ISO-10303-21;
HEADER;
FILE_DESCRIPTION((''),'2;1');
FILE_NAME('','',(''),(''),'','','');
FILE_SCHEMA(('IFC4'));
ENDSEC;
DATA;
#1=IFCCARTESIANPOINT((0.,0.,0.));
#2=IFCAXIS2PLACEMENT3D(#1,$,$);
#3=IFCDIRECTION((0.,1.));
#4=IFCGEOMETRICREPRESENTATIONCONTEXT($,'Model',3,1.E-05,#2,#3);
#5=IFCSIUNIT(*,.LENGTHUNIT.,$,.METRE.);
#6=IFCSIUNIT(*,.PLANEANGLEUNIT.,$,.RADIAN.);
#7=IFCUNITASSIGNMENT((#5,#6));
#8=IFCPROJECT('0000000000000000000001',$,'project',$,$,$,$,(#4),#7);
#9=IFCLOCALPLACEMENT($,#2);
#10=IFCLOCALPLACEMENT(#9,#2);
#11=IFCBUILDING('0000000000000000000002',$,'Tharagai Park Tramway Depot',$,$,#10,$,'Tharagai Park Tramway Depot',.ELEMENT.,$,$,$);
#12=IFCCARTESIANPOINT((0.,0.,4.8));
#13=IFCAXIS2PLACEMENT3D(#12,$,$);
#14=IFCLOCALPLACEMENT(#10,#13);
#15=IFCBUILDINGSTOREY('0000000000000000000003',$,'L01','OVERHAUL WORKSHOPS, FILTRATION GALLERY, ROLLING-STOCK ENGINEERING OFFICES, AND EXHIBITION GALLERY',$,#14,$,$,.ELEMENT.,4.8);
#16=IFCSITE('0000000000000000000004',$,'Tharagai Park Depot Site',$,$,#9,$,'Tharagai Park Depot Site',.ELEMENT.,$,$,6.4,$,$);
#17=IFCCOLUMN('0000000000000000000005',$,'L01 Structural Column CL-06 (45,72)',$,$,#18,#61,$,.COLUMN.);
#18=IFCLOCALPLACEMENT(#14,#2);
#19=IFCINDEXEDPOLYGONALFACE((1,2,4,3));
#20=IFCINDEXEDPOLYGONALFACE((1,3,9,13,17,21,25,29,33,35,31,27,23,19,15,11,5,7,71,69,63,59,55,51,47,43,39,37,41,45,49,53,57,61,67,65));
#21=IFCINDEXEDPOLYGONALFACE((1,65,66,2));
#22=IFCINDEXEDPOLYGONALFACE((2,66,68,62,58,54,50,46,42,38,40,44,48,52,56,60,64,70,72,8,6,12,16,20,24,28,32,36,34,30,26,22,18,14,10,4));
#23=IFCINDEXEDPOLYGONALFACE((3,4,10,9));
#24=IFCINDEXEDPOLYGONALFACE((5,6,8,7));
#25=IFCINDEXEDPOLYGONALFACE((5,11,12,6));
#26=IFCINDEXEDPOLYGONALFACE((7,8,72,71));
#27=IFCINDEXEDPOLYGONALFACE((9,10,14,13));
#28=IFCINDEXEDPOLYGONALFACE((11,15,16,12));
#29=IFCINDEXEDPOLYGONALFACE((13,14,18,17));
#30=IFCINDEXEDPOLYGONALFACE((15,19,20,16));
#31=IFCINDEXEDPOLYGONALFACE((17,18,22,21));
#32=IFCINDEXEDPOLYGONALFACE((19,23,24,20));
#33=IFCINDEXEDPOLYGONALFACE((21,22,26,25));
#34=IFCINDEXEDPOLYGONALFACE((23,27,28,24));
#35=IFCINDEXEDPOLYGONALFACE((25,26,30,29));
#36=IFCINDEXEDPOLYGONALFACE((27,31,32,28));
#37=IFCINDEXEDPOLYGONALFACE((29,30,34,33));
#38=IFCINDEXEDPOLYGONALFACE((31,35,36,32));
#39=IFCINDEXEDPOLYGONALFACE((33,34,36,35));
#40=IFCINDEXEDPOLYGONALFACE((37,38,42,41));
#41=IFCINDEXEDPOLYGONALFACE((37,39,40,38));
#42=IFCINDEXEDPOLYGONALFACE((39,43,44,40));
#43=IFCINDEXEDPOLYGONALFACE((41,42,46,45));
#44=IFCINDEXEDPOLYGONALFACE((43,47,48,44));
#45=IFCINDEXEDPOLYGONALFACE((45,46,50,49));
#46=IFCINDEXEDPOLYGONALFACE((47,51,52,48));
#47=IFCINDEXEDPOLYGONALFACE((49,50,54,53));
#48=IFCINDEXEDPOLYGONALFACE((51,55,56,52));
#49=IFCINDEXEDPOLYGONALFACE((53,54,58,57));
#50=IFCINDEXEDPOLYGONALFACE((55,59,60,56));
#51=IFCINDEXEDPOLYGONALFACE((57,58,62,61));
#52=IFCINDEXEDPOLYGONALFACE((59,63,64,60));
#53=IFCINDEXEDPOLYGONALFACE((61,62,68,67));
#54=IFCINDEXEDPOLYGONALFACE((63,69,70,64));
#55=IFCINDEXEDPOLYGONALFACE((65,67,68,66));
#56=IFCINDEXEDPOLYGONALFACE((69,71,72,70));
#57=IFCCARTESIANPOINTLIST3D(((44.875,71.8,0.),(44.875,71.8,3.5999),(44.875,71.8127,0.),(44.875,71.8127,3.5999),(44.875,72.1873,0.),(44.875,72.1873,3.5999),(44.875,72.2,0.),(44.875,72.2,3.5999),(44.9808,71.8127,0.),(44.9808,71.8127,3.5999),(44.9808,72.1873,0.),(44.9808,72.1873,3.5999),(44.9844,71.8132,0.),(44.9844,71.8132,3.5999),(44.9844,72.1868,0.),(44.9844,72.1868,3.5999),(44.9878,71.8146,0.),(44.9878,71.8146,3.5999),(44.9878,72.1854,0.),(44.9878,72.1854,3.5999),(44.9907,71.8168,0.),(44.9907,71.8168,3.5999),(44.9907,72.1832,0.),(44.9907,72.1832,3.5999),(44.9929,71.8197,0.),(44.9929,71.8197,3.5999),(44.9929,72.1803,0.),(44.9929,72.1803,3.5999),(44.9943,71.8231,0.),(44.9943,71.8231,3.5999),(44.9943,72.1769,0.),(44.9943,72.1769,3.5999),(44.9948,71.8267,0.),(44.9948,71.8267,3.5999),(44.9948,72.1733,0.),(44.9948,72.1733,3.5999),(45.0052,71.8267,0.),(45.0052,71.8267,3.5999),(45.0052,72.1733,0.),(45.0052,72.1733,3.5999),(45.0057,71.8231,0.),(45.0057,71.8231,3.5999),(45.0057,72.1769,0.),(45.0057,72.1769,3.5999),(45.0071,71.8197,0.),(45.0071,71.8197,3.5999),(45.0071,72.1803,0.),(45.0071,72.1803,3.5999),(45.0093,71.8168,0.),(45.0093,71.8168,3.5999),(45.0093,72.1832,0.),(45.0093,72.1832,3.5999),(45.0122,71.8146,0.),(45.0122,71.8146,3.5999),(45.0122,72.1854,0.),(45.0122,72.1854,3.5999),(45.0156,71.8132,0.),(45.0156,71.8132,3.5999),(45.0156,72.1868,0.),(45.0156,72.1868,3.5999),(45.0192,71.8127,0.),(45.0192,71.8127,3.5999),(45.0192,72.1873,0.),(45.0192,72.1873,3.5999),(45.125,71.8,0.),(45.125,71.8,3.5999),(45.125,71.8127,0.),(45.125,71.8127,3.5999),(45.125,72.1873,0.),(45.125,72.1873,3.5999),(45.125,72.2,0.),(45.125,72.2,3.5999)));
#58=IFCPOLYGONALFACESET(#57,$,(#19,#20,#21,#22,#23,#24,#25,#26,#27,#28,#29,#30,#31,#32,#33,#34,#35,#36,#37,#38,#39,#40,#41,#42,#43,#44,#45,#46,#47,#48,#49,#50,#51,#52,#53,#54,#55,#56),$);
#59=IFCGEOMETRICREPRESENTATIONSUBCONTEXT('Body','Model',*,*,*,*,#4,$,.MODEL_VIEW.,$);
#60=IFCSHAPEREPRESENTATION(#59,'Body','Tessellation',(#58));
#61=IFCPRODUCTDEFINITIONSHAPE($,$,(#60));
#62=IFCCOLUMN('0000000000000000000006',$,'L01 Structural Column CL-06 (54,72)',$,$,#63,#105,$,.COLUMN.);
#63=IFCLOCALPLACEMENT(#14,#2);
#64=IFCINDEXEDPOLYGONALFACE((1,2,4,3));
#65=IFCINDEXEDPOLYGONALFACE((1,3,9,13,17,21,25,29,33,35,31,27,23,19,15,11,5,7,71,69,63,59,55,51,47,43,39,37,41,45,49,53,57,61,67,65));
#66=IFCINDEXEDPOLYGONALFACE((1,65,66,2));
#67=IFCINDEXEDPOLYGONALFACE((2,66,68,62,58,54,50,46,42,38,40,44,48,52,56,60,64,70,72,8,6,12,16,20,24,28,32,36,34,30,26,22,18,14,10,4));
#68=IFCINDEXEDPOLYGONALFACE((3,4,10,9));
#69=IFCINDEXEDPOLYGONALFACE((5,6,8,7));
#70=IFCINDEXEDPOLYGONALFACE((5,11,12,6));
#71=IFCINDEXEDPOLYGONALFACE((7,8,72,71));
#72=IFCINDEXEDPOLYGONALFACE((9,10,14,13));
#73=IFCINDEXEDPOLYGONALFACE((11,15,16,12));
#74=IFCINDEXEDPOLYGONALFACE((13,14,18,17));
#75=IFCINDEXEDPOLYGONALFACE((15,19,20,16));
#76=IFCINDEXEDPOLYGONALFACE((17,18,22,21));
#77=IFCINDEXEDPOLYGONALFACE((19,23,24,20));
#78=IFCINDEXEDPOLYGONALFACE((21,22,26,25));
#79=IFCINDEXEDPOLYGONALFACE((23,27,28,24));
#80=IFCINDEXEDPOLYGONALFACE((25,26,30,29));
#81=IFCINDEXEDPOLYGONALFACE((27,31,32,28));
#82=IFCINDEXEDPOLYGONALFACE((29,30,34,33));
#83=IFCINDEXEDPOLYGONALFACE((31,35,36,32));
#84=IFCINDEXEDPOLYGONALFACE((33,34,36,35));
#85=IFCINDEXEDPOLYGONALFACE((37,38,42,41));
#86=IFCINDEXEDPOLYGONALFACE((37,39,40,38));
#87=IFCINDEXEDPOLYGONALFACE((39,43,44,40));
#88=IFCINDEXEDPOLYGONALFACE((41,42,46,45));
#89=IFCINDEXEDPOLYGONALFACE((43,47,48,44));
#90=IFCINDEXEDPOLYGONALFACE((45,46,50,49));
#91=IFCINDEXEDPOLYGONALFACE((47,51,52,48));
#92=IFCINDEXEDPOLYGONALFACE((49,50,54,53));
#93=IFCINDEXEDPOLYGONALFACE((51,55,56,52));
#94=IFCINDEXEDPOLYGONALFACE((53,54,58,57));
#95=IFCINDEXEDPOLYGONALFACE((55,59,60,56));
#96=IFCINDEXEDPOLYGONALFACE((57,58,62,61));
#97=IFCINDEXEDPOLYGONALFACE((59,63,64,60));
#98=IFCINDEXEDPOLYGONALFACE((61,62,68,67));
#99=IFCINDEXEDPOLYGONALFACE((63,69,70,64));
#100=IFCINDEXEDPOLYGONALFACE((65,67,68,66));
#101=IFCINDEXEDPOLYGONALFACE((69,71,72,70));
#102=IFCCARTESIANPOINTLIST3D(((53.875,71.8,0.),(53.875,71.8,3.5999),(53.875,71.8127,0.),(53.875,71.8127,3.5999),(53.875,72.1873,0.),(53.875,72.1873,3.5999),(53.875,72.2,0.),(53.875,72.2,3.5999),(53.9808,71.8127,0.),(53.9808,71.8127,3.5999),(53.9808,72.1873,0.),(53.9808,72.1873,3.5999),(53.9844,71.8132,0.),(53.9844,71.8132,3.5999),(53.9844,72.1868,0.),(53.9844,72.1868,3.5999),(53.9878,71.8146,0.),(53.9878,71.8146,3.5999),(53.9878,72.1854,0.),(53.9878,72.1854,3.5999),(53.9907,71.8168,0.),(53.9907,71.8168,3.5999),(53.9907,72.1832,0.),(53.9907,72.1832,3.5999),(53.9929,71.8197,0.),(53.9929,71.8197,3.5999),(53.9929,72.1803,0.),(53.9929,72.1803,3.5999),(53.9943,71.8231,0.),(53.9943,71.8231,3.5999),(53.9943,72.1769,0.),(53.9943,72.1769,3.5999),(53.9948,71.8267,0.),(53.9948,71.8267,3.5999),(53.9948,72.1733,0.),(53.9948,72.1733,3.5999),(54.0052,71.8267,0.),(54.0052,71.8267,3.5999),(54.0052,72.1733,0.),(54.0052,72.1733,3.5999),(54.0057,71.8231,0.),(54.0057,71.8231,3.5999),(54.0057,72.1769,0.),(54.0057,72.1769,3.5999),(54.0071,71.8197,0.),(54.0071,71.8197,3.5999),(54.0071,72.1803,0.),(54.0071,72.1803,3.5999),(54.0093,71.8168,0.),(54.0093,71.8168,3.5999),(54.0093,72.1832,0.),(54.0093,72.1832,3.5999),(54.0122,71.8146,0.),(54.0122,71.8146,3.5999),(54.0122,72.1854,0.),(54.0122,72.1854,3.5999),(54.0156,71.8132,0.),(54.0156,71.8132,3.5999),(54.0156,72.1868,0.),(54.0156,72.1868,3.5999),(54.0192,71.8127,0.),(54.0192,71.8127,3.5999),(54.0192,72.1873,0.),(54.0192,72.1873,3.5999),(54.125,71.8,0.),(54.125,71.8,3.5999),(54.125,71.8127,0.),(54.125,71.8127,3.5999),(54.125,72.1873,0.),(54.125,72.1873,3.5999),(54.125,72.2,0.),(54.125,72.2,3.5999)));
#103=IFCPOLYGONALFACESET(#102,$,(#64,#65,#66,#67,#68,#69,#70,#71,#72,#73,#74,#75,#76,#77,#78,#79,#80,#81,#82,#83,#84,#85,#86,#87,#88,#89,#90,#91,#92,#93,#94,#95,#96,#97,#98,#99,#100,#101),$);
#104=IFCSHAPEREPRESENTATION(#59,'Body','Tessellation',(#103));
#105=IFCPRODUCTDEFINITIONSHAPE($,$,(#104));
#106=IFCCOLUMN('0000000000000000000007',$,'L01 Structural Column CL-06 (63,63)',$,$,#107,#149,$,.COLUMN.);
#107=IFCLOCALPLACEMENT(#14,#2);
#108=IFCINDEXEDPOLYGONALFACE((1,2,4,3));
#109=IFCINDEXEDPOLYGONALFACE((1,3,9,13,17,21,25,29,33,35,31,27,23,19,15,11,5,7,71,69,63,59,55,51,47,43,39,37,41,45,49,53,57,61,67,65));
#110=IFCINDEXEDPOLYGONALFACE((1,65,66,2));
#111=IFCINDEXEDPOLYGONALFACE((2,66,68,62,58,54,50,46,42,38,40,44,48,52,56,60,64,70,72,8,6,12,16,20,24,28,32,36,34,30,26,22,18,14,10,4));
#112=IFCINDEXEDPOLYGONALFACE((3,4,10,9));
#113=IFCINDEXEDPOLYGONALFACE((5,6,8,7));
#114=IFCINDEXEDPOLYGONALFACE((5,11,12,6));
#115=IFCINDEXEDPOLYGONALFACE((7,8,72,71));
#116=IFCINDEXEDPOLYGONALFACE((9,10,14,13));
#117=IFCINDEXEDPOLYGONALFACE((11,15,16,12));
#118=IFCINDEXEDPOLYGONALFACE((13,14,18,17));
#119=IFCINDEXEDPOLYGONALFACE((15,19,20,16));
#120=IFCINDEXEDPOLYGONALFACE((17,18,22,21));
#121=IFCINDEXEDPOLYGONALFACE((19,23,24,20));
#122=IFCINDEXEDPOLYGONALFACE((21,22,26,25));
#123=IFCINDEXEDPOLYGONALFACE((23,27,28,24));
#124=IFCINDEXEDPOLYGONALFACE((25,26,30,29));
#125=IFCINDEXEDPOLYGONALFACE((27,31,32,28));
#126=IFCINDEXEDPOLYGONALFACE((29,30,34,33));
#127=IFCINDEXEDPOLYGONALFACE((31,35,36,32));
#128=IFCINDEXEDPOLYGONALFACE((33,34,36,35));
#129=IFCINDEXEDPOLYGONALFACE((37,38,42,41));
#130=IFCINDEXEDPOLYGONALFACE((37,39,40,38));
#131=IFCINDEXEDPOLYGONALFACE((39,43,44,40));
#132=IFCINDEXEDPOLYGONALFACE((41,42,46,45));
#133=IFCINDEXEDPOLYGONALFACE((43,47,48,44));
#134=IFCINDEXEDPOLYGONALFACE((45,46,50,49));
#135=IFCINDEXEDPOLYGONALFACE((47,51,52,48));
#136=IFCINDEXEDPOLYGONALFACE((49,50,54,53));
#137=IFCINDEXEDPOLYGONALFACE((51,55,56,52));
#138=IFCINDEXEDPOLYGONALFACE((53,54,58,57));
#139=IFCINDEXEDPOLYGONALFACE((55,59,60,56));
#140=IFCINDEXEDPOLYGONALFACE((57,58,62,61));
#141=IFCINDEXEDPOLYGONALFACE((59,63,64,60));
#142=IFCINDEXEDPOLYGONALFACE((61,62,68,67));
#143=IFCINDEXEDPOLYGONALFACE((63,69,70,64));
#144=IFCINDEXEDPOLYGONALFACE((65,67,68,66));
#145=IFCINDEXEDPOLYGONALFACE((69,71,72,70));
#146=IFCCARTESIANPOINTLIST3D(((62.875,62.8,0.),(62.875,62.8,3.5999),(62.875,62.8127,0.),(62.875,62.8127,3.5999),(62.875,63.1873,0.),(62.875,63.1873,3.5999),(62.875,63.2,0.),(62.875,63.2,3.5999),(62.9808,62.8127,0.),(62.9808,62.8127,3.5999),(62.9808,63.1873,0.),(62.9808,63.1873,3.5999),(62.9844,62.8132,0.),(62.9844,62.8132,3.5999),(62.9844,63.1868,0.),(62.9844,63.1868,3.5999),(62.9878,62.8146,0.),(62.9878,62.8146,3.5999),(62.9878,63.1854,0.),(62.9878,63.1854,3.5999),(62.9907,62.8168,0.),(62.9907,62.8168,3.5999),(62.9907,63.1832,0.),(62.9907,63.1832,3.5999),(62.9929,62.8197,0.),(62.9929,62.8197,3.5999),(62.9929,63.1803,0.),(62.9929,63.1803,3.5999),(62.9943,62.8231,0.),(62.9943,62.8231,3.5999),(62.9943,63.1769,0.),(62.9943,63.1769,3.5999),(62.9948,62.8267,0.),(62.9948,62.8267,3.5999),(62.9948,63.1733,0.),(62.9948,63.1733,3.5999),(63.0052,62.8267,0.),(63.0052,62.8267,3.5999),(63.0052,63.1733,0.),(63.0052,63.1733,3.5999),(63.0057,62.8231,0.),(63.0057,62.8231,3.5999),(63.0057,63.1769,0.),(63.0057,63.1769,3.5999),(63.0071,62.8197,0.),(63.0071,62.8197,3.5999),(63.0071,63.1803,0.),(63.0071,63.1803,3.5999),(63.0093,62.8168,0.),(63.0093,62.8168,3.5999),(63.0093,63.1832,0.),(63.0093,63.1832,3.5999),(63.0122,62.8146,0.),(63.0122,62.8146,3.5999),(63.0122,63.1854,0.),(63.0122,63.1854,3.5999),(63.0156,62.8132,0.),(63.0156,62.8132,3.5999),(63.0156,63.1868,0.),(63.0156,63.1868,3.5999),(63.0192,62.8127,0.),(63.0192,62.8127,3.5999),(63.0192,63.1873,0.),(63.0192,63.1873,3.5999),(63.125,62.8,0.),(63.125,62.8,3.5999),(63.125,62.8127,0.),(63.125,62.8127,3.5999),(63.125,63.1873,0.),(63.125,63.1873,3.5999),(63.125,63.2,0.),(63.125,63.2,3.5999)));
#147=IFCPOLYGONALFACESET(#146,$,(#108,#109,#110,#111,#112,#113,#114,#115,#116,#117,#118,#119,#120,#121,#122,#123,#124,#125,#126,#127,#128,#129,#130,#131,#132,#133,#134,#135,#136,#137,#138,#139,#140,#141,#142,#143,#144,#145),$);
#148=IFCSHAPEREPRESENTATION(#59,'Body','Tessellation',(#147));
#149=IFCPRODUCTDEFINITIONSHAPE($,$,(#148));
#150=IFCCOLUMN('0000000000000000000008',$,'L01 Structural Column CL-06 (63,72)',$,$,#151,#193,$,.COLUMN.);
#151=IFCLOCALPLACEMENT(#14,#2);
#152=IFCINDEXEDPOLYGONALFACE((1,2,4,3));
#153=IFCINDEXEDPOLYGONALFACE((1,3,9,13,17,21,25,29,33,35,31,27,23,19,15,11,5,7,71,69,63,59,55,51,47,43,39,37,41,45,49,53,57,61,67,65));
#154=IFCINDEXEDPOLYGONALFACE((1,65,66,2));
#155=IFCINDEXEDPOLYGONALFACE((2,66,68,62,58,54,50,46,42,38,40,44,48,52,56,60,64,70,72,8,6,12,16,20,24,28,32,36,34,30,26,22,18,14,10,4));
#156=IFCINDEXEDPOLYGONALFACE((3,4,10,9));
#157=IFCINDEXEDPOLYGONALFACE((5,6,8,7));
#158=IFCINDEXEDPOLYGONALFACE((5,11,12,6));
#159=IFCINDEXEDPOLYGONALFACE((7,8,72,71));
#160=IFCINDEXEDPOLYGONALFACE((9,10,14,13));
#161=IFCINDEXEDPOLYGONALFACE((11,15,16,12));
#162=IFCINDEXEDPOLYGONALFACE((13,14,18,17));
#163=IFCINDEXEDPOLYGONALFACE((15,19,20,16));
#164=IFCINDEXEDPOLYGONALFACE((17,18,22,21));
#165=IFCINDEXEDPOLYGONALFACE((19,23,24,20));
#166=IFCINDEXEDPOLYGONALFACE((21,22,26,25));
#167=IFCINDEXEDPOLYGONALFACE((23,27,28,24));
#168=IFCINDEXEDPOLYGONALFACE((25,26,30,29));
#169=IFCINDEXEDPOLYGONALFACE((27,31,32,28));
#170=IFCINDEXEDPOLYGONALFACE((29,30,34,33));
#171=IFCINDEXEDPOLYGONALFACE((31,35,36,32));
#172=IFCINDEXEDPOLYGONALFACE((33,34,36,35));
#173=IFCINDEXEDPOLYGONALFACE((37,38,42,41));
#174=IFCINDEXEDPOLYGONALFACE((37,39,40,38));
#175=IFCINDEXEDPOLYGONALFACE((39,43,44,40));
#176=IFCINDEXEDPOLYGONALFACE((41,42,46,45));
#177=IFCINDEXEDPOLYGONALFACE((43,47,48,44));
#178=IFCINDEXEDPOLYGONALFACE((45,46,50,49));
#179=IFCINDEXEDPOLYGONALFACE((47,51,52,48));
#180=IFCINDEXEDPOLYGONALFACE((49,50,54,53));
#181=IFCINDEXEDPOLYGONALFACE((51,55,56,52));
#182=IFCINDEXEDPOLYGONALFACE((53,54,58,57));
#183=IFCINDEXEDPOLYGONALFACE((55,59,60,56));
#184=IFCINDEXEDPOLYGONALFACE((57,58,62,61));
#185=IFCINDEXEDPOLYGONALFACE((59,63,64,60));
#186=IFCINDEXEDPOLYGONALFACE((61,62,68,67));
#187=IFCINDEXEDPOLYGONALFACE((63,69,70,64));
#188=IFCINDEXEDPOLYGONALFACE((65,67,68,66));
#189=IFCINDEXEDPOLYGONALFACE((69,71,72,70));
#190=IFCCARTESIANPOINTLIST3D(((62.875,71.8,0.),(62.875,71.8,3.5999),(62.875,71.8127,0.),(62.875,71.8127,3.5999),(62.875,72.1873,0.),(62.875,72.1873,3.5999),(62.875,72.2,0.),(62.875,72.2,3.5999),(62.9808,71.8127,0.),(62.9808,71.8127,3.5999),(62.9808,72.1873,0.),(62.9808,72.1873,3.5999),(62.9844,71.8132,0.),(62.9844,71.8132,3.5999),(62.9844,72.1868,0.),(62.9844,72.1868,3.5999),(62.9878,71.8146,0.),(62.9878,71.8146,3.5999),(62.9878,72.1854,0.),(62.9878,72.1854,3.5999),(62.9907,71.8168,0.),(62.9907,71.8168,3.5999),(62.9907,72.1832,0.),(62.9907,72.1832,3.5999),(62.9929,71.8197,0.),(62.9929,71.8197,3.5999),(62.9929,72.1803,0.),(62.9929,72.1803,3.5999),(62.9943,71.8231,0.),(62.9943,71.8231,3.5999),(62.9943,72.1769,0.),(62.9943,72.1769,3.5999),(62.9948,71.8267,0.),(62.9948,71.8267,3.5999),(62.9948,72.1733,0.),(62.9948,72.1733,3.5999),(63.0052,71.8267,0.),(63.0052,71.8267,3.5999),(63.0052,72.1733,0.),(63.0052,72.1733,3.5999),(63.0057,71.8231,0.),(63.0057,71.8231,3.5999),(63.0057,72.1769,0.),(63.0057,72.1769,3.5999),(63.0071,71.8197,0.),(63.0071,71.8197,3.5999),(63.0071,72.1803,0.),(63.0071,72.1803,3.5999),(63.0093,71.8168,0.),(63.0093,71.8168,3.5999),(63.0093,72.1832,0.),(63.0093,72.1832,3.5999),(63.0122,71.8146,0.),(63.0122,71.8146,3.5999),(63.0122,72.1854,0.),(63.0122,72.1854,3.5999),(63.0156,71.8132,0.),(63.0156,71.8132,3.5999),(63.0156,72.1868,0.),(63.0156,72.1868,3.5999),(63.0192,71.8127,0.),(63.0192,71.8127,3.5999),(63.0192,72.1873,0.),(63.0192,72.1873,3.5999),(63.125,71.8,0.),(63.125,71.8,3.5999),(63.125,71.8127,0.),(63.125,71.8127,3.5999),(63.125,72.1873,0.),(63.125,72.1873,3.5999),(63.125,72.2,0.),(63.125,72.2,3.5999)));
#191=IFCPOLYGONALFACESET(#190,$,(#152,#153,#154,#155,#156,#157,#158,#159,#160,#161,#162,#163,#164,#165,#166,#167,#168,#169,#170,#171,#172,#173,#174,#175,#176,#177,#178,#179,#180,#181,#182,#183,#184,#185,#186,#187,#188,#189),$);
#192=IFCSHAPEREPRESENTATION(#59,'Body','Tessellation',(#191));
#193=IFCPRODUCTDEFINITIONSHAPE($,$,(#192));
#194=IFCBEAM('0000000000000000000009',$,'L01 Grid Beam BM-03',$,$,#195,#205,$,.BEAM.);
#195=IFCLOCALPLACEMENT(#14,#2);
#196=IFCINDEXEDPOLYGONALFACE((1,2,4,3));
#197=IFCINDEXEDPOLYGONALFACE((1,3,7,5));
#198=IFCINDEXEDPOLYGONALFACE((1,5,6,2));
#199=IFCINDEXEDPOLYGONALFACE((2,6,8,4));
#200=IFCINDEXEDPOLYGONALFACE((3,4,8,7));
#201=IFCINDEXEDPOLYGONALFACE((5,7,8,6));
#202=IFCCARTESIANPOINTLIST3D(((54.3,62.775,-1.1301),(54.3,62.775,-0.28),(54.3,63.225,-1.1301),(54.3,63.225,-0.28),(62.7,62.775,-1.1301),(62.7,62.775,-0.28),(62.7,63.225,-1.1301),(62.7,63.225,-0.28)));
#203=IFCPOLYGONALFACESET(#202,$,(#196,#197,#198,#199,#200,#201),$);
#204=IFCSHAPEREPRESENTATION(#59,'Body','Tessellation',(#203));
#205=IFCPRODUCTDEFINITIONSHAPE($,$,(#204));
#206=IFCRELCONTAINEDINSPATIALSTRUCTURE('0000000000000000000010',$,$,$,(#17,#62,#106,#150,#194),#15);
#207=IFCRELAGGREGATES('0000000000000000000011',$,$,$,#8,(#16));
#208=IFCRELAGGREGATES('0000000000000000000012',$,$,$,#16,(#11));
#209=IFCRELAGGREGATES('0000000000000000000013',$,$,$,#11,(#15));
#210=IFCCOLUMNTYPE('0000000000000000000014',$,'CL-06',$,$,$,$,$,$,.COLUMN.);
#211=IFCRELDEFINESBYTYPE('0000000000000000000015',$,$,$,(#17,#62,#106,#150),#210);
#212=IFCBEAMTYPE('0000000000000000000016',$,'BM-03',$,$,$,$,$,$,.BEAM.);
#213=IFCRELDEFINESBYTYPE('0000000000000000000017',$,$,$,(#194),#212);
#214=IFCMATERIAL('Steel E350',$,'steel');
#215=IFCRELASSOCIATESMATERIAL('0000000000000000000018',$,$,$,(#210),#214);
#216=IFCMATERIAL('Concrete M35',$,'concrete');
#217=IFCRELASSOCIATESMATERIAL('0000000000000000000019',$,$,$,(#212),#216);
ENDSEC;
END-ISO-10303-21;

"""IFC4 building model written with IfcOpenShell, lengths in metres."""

from ifc_helpers import new_model, si_unit, direction, frame, origin, origin_2d, place, context, subcontext, project, spatial, rectangle, i_section, extrude, material, material_profile, profile_set, type_object, element, save


model = new_model("IFC4")

# Units and contexts
model_context = context("Model", 3, precision=1e-05, world=origin(), true_north=direction((0.0, 1.0)))
body_context = subcontext(model_context, "Body", "Model", "MODEL_VIEW")
ifc_project = project(units=[si_unit("LENGTHUNIT", "METRE"), si_unit("PLANEANGLEUNIT", "RADIAN")], contexts=[model_context])

# Site, building, storey
site_placement = place(None, origin())
site = spatial("IfcSite", under=ifc_project, at=site_placement, Name="Tharagai Park Depot Site", LongName="Tharagai Park Depot Site", CompositionType="ELEMENT", RefElevation=6.4)
building_placement = place(site_placement, origin())
building = spatial("IfcBuilding", under=site, at=building_placement, Name="Tharagai Park Tramway Depot", LongName="Tharagai Park Tramway Depot", CompositionType="ELEMENT")
storey_placement = place(building_placement, frame((0.0, 0.0, 4.8)))
storey = spatial("IfcBuildingStorey", under=building, at=storey_placement, Name="L01", Description="OVERHAUL WORKSHOPS, FILTRATION GALLERY, ROLLING-STOCK ENGINEERING OFFICES, AND EXHIBITION GALLERY", CompositionType="ELEMENT", Elevation=4.8)

# Columns
ifc_material_1 = material(Name="Steel E350", Category="steel")
ifc_material_profile_1 = material_profile(ifc_material_1, i_section(OverallWidth=0.25, OverallDepth=0.3999, WebThickness=0.0105, FlangeThickness=0.0127, FilletRadius=0.0139, at=origin_2d()), Name="ISHB 400")
ifc_profile_set_1 = profile_set([ifc_material_profile_1], Name="Steel E350")
column_type = type_object("IfcColumnType", Name="CL-06", PredefinedType="COLUMN", material=ifc_profile_set_1)
for number, where, z_axis, x_axis, name in (
    (1, (45.0, 72.0, 0.0), (0.0, 0.0, 1.0), (1.0, 0.0, 0.0), "L01 Structural Column CL-06 (45,72)"),
    (2, (54.0, 72.0, 0.0), (0.0, 0.0, 1.0), (1.0, 0.0, 0.0), "L01 Structural Column CL-06 (54,72)"),
    (3, (63.0, 63.0, 0.0), (0.0, 0.0, 1.0), (1.0, 0.0, 0.0), "L01 Structural Column CL-06 (63,63)"),
    (4, (63.0, 72.0, 0.0), (0.0, 0.0, 1.0), (1.0, 0.0, 0.0), "L01 Structural Column CL-06 (63,72)"),
):
    element("IfcColumn", number, at=place(storey_placement, frame(where, z_axis=z_axis, x_axis=x_axis)), inside=storey, type_object=column_type, Name=name, PredefinedType="COLUMN", context=body_context, shape_type="SweptSolid", body=[
        extrude(i_section(OverallWidth=0.25, OverallDepth=0.3999, WebThickness=0.0105, FlangeThickness=0.0127, FilletRadius=0.0139, at=origin_2d()), origin(), (0.0, 0.0, 1.0), 3.5999),
    ])

# Beam
ifc_material_2 = material(Name="Concrete M35", Category="concrete")
ifc_material_profile_2 = material_profile(ifc_material_2, rectangle(XDim=0.45, YDim=0.8501, at=origin_2d()), Name="RC 450x850")
ifc_profile_set_2 = profile_set([ifc_material_profile_2], Name="Concrete M35")
beam_type_1 = type_object("IfcBeamType", Name="BM-03", PredefinedType="BEAM", material=ifc_profile_set_2)
beam_placement = place(storey_placement, frame((54.3, 63.0, -0.7051), z_axis=(1.0, 0.0, 0.0), x_axis=(0.0, 1.0, 0.0)))
element("IfcBeam", 5, at=beam_placement, inside=storey, type_object=beam_type_1, Name="L01 Grid Beam BM-03", PredefinedType="BEAM", context=body_context, shape_type="SweptSolid", body=[
    extrude(rectangle(XDim=0.45, YDim=0.8501, at=origin_2d()), origin(), (0.0, 0.0, 1.0), 8.3999),
])

save(model, "model.ifc")
